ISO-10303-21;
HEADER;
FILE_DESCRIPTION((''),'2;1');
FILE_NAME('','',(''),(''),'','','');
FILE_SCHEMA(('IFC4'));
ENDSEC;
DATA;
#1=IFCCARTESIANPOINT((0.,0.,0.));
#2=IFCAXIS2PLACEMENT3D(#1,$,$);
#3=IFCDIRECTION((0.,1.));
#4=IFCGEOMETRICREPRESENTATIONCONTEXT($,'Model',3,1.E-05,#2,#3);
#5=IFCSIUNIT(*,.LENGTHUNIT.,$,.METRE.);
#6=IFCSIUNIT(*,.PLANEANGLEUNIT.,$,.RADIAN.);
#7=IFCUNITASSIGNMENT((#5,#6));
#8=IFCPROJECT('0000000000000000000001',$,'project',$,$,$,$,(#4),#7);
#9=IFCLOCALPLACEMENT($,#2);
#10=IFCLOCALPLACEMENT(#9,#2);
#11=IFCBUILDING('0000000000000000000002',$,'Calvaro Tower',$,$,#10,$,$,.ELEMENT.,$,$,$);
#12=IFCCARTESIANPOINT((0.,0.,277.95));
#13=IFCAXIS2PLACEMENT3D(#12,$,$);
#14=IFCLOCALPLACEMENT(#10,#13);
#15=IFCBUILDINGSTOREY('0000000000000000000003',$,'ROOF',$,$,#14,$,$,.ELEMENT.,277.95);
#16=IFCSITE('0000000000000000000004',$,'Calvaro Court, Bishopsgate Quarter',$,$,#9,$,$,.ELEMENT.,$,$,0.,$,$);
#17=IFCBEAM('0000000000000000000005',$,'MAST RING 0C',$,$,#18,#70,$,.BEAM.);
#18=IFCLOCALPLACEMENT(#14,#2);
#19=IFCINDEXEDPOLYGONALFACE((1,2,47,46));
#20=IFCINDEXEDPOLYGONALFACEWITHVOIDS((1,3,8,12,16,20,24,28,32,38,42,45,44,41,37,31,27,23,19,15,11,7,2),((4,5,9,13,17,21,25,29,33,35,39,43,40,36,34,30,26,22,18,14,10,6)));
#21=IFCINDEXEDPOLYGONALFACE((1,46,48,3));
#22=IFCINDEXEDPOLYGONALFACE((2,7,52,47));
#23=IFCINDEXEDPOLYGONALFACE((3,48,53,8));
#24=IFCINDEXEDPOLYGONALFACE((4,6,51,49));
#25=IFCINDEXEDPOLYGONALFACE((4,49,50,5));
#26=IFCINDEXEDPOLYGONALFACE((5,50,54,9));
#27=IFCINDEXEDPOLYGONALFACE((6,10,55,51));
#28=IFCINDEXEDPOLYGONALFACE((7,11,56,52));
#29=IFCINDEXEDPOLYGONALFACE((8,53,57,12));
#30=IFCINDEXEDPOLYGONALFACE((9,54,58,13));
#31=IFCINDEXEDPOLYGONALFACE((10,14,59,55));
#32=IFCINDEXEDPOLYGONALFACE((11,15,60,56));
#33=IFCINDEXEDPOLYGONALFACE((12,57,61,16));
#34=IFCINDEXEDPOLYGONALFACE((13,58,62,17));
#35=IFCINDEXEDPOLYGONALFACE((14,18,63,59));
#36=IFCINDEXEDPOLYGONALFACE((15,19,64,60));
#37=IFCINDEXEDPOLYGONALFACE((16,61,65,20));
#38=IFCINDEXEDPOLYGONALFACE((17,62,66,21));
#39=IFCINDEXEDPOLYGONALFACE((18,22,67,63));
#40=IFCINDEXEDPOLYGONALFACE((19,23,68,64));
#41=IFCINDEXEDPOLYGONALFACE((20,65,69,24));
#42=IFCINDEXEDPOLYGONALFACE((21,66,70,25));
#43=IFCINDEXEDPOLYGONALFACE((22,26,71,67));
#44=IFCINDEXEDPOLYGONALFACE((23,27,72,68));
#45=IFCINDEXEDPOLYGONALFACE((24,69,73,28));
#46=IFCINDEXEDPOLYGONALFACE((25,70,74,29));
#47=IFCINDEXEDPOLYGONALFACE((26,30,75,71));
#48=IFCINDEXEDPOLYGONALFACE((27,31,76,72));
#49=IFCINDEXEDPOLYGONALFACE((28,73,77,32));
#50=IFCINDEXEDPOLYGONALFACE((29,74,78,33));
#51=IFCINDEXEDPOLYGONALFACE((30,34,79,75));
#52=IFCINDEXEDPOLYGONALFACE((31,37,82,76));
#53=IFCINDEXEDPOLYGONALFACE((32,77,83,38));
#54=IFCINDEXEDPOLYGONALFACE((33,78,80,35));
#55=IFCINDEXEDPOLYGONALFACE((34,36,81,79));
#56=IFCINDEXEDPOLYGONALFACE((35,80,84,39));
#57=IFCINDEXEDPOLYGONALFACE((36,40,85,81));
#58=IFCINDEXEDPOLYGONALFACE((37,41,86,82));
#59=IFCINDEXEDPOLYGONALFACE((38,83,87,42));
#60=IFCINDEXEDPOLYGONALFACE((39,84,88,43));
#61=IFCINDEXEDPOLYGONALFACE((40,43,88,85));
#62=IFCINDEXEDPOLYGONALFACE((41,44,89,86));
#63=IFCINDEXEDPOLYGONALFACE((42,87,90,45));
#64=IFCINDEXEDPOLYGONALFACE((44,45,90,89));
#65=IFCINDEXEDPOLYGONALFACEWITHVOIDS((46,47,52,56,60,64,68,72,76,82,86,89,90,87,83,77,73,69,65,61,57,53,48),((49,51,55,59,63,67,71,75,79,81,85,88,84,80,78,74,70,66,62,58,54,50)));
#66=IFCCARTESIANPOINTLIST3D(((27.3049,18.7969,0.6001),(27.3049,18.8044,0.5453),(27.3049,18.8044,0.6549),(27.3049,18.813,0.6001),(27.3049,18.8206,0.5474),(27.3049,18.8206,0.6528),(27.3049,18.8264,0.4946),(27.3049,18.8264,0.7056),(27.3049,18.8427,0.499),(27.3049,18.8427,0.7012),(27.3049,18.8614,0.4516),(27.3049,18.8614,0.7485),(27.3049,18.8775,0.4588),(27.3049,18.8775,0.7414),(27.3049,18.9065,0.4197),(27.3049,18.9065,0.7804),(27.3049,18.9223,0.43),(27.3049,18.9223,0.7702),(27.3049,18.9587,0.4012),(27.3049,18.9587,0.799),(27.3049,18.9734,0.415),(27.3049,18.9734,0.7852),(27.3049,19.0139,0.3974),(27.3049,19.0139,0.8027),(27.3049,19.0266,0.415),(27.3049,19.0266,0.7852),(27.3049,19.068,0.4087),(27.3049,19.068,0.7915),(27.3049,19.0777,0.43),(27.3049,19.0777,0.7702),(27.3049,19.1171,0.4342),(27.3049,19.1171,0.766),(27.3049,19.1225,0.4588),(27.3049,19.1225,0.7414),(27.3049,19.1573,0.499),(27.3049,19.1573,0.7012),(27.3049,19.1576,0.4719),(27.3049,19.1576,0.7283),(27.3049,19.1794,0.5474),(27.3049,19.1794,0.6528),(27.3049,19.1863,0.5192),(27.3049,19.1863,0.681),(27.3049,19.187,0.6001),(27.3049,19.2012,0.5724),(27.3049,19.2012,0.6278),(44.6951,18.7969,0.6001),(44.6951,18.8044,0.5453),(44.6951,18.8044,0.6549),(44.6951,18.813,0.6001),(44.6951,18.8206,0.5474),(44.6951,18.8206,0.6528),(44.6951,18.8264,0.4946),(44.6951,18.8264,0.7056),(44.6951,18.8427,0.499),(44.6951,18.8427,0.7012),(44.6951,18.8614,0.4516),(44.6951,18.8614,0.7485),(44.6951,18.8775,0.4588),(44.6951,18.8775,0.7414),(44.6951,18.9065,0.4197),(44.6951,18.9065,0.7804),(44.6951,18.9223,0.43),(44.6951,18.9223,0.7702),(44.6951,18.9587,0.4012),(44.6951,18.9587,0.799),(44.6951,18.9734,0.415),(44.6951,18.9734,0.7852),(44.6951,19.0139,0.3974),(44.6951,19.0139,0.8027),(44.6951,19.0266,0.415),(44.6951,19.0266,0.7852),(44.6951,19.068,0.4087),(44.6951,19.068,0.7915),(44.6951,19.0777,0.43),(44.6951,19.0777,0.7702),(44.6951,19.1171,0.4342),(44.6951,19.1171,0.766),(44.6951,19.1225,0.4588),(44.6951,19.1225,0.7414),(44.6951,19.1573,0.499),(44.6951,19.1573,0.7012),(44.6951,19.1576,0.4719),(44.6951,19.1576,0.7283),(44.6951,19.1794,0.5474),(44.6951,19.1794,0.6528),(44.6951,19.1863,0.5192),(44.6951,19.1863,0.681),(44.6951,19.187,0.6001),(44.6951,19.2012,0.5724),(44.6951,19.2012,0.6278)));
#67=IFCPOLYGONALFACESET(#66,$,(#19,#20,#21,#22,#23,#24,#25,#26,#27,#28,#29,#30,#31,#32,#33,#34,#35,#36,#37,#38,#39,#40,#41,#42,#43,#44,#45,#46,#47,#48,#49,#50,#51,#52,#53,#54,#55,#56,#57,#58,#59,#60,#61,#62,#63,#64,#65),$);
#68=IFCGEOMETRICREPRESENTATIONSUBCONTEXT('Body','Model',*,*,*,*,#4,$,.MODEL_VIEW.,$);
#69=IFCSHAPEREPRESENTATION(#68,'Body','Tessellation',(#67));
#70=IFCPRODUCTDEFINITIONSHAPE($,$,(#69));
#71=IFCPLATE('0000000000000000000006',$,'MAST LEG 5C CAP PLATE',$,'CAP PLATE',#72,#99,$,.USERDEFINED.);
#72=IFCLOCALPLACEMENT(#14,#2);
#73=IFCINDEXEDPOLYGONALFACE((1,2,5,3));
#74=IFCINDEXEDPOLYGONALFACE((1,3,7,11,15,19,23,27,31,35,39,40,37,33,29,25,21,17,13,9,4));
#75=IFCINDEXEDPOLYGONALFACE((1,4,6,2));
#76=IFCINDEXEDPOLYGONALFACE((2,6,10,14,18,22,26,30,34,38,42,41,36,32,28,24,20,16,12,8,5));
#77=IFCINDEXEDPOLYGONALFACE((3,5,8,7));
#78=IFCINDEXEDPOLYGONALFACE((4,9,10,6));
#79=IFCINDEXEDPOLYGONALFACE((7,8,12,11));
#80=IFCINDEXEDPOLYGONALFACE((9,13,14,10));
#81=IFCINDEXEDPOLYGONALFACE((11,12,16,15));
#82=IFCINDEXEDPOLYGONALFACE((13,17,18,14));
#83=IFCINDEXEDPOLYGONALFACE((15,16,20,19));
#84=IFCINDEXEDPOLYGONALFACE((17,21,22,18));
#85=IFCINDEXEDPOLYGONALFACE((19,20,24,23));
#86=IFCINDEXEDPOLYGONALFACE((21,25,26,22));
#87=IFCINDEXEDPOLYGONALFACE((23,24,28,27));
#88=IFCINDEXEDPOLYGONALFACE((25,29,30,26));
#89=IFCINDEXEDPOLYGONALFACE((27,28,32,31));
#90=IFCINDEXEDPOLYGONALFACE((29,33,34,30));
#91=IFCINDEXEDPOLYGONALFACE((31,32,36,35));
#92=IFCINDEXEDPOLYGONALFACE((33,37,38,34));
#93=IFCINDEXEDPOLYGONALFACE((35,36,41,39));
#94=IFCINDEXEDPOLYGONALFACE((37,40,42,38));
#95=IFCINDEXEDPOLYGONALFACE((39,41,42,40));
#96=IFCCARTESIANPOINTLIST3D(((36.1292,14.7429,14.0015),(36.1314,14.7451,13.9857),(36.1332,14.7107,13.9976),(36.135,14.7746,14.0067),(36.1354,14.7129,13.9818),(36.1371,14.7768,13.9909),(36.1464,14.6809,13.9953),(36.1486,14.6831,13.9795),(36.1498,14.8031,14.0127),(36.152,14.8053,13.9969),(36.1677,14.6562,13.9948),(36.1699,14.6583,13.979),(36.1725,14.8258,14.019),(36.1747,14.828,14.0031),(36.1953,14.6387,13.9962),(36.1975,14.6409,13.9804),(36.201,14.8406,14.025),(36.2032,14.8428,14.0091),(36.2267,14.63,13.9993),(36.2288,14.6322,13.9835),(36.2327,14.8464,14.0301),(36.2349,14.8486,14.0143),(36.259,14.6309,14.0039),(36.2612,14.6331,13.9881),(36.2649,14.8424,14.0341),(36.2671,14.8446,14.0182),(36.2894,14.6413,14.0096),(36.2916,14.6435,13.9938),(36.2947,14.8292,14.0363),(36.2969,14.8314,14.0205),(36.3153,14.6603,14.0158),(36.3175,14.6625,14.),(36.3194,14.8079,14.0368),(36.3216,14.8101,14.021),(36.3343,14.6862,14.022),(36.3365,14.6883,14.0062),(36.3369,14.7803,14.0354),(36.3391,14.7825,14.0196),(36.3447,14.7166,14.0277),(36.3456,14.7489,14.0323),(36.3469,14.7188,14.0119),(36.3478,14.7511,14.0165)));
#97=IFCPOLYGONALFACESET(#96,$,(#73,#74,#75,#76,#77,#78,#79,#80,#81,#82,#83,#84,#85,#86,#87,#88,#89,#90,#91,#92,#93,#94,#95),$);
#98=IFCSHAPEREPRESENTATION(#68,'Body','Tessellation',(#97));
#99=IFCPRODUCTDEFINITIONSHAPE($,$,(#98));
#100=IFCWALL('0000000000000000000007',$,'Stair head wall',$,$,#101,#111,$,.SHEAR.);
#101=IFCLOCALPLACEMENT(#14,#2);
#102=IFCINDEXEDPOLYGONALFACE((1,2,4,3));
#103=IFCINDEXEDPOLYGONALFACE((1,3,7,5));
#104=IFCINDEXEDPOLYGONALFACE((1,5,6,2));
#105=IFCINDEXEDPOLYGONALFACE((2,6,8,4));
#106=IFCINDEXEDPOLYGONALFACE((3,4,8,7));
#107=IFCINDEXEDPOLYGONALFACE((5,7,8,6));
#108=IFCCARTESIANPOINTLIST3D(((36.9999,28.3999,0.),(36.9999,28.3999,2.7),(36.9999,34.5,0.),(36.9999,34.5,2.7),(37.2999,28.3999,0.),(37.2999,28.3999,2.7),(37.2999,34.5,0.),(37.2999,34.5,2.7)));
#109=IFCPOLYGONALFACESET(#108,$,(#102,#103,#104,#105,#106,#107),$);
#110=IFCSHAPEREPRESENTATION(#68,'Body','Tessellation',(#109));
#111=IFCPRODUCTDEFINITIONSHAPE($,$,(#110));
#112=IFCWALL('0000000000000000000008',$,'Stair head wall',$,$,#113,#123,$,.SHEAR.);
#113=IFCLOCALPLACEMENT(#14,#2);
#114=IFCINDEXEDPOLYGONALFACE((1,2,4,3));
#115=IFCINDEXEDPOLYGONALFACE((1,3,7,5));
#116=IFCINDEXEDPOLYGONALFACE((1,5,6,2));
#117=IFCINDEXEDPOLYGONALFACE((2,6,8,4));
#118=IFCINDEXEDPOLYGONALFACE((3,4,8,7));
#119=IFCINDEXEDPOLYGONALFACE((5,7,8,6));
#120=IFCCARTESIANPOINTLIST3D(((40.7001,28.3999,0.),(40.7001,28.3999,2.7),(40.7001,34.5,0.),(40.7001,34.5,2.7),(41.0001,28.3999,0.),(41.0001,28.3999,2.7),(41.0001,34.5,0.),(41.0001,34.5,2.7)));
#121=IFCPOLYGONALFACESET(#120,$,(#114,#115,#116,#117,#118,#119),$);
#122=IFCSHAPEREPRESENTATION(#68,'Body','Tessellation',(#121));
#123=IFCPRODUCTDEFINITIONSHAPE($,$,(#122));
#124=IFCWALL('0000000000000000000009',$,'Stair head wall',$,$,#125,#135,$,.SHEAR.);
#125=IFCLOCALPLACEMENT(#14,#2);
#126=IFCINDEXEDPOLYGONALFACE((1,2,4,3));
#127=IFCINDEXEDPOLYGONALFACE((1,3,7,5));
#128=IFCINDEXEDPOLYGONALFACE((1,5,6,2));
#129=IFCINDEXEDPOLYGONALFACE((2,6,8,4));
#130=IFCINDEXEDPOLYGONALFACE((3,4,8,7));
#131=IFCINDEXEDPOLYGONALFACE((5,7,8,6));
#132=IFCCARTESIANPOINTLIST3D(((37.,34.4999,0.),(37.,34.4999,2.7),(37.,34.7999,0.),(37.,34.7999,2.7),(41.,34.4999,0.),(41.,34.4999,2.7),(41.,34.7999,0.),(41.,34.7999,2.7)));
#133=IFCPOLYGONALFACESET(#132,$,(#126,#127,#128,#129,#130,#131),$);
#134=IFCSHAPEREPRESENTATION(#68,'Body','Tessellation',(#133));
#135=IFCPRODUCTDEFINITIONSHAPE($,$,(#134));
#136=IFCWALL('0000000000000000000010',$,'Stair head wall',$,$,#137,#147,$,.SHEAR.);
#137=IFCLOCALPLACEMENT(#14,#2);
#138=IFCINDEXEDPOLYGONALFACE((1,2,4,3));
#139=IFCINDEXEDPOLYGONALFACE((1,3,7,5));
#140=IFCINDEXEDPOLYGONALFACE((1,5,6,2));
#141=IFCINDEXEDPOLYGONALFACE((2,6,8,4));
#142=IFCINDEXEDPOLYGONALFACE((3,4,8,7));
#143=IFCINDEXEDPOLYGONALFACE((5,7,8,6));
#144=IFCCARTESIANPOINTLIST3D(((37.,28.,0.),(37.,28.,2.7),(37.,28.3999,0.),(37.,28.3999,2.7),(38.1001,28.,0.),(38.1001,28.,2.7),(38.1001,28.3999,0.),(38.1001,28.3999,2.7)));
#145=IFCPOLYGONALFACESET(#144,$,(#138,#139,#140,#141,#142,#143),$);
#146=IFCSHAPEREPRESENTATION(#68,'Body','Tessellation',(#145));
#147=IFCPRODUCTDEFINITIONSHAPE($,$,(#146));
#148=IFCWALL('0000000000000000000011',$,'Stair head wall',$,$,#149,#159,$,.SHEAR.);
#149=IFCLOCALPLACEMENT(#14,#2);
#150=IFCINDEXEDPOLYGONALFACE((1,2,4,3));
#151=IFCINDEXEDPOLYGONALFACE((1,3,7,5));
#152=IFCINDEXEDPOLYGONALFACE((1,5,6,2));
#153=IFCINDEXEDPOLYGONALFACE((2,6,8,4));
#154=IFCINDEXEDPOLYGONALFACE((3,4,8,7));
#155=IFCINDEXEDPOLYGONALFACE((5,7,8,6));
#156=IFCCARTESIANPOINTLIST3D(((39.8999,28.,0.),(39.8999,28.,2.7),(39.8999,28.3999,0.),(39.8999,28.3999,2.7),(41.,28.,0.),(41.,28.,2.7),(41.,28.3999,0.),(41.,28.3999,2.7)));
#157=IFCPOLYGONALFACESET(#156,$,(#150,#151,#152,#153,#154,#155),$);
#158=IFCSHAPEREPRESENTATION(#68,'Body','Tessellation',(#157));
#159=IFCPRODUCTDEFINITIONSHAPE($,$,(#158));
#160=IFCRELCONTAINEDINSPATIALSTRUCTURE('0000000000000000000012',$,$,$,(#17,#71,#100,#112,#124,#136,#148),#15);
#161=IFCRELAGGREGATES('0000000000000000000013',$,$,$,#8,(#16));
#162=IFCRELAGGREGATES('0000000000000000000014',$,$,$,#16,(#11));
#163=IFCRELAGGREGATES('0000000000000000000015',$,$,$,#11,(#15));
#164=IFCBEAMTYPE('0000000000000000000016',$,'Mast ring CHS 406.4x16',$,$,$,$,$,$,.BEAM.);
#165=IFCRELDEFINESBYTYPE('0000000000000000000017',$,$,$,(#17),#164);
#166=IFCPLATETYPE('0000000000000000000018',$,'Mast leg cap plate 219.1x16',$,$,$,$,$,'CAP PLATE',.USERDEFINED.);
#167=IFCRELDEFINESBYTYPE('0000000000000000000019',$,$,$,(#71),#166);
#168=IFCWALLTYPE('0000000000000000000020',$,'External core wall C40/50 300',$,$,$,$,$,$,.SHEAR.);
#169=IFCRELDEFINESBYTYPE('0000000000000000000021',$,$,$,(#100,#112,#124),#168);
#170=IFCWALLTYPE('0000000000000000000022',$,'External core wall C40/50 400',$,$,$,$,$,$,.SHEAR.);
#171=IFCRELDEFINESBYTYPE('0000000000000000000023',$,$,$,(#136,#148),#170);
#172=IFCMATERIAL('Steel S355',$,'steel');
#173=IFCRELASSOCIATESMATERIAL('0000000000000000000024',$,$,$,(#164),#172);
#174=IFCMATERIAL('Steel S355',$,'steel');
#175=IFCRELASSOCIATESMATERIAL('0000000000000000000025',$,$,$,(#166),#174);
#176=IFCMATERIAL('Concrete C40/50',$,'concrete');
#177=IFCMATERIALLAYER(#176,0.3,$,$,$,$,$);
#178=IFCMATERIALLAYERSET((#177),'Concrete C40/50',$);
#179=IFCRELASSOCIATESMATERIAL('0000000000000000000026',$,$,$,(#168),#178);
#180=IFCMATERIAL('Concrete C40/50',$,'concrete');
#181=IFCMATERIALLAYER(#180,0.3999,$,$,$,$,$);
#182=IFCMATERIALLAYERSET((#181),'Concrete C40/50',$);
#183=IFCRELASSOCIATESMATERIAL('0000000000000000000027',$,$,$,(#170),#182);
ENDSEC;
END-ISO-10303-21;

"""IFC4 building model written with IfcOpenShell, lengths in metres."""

from ifc_helpers import new_model, si_unit, direction, frame, frame_2d, origin, origin_2d, place, context, subcontext, project, spatial, rectangle, circle, hollow_circle, extrude, material, layer, layer_set, material_profile, profile_set, type_object, element, save


model = new_model("IFC4")

# Units and contexts
model_context = context("Model", 3, precision=1e-05, world=origin(), true_north=direction((0.0, 1.0)))
body_context = subcontext(model_context, "Body", "Model", "MODEL_VIEW")
ifc_project = project(units=[si_unit("LENGTHUNIT", "METRE"), si_unit("PLANEANGLEUNIT", "RADIAN")], contexts=[model_context])

# Site, building, storey
site_placement = place(None, origin())
site = spatial("IfcSite", under=ifc_project, at=site_placement, Name="Calvaro Court, Bishopsgate Quarter", CompositionType="ELEMENT", RefElevation=0.0)
building_placement = place(site_placement, origin())
building = spatial("IfcBuilding", under=site, at=building_placement, Name="Calvaro Tower", CompositionType="ELEMENT")
storey_placement = place(building_placement, frame((0.0, 0.0, 277.95)))
storey = spatial("IfcBuildingStorey", under=building, at=storey_placement, Name="ROOF", CompositionType="ELEMENT", Elevation=277.95)

# Beam
ifc_material_1 = material(Name="Steel S355", Category="steel")
ifc_material_profile_1 = material_profile(ifc_material_1, hollow_circle(Radius=0.2031, WallThickness=0.0161, at=origin_2d()), Name="CHS 406.4x16")
ifc_profile_set_1 = profile_set([ifc_material_profile_1], Name="Steel S355")
beam_type_1 = type_object("IfcBeamType", Name="Mast ring CHS 406.4x16", PredefinedType="BEAM", material=ifc_profile_set_1)
beam_1_placement = place(storey_placement, frame((44.6951, 19.0, 0.6001), z_axis=(-1.0, 0.0, 0.0), x_axis=(0.0, -1.0, 0.0)))
element("IfcBeam", 1, at=beam_1_placement, inside=storey, type_object=beam_type_1, Name="MAST RING 0C", PredefinedType="BEAM", context=body_context, shape_type="SweptSolid", body=[
    extrude(hollow_circle(Radius=0.2031, WallThickness=0.0161, at=origin_2d()), origin(), (0.0, 0.0, 1.0), 17.3901),
])

# Plate
ifc_material_2 = material(Name="Steel S355", Category="steel")
ifc_material_profile_2 = material_profile(ifc_material_2, circle(Radius=0.1096, at=origin_2d()), Name="CIRCLE 219.1")
ifc_profile_set_2 = profile_set([ifc_material_profile_2], Name="Steel S355")
plate_type = type_object("IfcPlateType", Name="Mast leg cap plate 219.1x16", ElementType="CAP PLATE", PredefinedType="USERDEFINED", material=ifc_profile_set_2)
plate_placement = place(storey_placement, frame((36.24, 14.74, 14.0), z_axis=(-0.135881, -0.135881, 0.981363), x_axis=(0.707107, -0.707107, 0.0)))
element("IfcPlate", 2, at=plate_placement, inside=storey, type_object=plate_type, Name="MAST LEG 5C CAP PLATE", ObjectType="CAP PLATE", PredefinedType="USERDEFINED", context=body_context, shape_type="SweptSolid", body=[
    extrude(circle(Radius=0.1096, at=origin_2d()), origin(), (0.0, 0.0, 1.0), 0.0161),
])

# Walls
ifc_material_3 = material(Name="Concrete C40/50", Category="concrete")
ifc_layer_1 = layer(ifc_material_3, 0.3)
ifc_layer_set_1 = layer_set([ifc_layer_1], Name="Concrete C40/50")
wall_type_1 = type_object("IfcWallType", Name="External core wall C40/50 300", PredefinedType="SHEAR", material=ifc_layer_set_1)
for number, where, z_axis, x_axis, name in (
    (3, (37.1499, 28.3999, 0.0), (0.0, 0.0, 1.0), (0.0, 1.0, 0.0), "Stair head wall"),
    (4, (40.8501, 28.3999, 0.0), (0.0, 0.0, 1.0), (0.0, 1.0, 0.0), "Stair head wall"),
):
    element("IfcWall", number, at=place(storey_placement, frame(where, z_axis=z_axis, x_axis=x_axis)), inside=storey, type_object=wall_type_1, Name=name, PredefinedType="SHEAR", context=body_context, shape_type="SweptSolid", body=[
        extrude(rectangle(XDim=6.1001, YDim=0.3, at=frame_2d((3.05, 0.0))), origin(), (0.0, 0.0, 1.0), 2.7),
    ])
wall_placement = place(storey_placement, frame((37.0, 34.6499, 0.0), z_axis=(0.0, 0.0, 1.0), x_axis=(1.0, 0.0, 0.0)))
element("IfcWall", 5, at=wall_placement, inside=storey, type_object=wall_type_1, Name="Stair head wall", PredefinedType="SHEAR", context=body_context, shape_type="SweptSolid", body=[
    extrude(rectangle(XDim=4.0, YDim=0.3, at=frame_2d((2.0, 0.0))), origin(), (0.0, 0.0, 1.0), 2.7),
])
ifc_material_4 = material(Name="Concrete C40/50", Category="concrete")
ifc_layer_2 = layer(ifc_material_4, 0.3999)
ifc_layer_set_2 = layer_set([ifc_layer_2], Name="Concrete C40/50")
wall_type_2 = type_object("IfcWallType", Name="External core wall C40/50 400", PredefinedType="SHEAR", material=ifc_layer_set_2)
for number, where, z_axis, x_axis, name in (
    (6, (37.0, 28.2, 0.0), (0.0, 0.0, 1.0), (1.0, 0.0, 0.0), "Stair head wall"),
    (7, (39.8999, 28.2, 0.0), (0.0, 0.0, 1.0), (1.0, 0.0, 0.0), "Stair head wall"),
):
    element("IfcWall", number, at=place(storey_placement, frame(where, z_axis=z_axis, x_axis=x_axis)), inside=storey, type_object=wall_type_2, Name=name, PredefinedType="SHEAR", context=body_context, shape_type="SweptSolid", body=[
        extrude(rectangle(XDim=1.1001, YDim=0.3999, at=frame_2d((0.55, 0.0))), origin(), (0.0, 0.0, 1.0), 2.7),
    ])

save(model, "model.ifc")
